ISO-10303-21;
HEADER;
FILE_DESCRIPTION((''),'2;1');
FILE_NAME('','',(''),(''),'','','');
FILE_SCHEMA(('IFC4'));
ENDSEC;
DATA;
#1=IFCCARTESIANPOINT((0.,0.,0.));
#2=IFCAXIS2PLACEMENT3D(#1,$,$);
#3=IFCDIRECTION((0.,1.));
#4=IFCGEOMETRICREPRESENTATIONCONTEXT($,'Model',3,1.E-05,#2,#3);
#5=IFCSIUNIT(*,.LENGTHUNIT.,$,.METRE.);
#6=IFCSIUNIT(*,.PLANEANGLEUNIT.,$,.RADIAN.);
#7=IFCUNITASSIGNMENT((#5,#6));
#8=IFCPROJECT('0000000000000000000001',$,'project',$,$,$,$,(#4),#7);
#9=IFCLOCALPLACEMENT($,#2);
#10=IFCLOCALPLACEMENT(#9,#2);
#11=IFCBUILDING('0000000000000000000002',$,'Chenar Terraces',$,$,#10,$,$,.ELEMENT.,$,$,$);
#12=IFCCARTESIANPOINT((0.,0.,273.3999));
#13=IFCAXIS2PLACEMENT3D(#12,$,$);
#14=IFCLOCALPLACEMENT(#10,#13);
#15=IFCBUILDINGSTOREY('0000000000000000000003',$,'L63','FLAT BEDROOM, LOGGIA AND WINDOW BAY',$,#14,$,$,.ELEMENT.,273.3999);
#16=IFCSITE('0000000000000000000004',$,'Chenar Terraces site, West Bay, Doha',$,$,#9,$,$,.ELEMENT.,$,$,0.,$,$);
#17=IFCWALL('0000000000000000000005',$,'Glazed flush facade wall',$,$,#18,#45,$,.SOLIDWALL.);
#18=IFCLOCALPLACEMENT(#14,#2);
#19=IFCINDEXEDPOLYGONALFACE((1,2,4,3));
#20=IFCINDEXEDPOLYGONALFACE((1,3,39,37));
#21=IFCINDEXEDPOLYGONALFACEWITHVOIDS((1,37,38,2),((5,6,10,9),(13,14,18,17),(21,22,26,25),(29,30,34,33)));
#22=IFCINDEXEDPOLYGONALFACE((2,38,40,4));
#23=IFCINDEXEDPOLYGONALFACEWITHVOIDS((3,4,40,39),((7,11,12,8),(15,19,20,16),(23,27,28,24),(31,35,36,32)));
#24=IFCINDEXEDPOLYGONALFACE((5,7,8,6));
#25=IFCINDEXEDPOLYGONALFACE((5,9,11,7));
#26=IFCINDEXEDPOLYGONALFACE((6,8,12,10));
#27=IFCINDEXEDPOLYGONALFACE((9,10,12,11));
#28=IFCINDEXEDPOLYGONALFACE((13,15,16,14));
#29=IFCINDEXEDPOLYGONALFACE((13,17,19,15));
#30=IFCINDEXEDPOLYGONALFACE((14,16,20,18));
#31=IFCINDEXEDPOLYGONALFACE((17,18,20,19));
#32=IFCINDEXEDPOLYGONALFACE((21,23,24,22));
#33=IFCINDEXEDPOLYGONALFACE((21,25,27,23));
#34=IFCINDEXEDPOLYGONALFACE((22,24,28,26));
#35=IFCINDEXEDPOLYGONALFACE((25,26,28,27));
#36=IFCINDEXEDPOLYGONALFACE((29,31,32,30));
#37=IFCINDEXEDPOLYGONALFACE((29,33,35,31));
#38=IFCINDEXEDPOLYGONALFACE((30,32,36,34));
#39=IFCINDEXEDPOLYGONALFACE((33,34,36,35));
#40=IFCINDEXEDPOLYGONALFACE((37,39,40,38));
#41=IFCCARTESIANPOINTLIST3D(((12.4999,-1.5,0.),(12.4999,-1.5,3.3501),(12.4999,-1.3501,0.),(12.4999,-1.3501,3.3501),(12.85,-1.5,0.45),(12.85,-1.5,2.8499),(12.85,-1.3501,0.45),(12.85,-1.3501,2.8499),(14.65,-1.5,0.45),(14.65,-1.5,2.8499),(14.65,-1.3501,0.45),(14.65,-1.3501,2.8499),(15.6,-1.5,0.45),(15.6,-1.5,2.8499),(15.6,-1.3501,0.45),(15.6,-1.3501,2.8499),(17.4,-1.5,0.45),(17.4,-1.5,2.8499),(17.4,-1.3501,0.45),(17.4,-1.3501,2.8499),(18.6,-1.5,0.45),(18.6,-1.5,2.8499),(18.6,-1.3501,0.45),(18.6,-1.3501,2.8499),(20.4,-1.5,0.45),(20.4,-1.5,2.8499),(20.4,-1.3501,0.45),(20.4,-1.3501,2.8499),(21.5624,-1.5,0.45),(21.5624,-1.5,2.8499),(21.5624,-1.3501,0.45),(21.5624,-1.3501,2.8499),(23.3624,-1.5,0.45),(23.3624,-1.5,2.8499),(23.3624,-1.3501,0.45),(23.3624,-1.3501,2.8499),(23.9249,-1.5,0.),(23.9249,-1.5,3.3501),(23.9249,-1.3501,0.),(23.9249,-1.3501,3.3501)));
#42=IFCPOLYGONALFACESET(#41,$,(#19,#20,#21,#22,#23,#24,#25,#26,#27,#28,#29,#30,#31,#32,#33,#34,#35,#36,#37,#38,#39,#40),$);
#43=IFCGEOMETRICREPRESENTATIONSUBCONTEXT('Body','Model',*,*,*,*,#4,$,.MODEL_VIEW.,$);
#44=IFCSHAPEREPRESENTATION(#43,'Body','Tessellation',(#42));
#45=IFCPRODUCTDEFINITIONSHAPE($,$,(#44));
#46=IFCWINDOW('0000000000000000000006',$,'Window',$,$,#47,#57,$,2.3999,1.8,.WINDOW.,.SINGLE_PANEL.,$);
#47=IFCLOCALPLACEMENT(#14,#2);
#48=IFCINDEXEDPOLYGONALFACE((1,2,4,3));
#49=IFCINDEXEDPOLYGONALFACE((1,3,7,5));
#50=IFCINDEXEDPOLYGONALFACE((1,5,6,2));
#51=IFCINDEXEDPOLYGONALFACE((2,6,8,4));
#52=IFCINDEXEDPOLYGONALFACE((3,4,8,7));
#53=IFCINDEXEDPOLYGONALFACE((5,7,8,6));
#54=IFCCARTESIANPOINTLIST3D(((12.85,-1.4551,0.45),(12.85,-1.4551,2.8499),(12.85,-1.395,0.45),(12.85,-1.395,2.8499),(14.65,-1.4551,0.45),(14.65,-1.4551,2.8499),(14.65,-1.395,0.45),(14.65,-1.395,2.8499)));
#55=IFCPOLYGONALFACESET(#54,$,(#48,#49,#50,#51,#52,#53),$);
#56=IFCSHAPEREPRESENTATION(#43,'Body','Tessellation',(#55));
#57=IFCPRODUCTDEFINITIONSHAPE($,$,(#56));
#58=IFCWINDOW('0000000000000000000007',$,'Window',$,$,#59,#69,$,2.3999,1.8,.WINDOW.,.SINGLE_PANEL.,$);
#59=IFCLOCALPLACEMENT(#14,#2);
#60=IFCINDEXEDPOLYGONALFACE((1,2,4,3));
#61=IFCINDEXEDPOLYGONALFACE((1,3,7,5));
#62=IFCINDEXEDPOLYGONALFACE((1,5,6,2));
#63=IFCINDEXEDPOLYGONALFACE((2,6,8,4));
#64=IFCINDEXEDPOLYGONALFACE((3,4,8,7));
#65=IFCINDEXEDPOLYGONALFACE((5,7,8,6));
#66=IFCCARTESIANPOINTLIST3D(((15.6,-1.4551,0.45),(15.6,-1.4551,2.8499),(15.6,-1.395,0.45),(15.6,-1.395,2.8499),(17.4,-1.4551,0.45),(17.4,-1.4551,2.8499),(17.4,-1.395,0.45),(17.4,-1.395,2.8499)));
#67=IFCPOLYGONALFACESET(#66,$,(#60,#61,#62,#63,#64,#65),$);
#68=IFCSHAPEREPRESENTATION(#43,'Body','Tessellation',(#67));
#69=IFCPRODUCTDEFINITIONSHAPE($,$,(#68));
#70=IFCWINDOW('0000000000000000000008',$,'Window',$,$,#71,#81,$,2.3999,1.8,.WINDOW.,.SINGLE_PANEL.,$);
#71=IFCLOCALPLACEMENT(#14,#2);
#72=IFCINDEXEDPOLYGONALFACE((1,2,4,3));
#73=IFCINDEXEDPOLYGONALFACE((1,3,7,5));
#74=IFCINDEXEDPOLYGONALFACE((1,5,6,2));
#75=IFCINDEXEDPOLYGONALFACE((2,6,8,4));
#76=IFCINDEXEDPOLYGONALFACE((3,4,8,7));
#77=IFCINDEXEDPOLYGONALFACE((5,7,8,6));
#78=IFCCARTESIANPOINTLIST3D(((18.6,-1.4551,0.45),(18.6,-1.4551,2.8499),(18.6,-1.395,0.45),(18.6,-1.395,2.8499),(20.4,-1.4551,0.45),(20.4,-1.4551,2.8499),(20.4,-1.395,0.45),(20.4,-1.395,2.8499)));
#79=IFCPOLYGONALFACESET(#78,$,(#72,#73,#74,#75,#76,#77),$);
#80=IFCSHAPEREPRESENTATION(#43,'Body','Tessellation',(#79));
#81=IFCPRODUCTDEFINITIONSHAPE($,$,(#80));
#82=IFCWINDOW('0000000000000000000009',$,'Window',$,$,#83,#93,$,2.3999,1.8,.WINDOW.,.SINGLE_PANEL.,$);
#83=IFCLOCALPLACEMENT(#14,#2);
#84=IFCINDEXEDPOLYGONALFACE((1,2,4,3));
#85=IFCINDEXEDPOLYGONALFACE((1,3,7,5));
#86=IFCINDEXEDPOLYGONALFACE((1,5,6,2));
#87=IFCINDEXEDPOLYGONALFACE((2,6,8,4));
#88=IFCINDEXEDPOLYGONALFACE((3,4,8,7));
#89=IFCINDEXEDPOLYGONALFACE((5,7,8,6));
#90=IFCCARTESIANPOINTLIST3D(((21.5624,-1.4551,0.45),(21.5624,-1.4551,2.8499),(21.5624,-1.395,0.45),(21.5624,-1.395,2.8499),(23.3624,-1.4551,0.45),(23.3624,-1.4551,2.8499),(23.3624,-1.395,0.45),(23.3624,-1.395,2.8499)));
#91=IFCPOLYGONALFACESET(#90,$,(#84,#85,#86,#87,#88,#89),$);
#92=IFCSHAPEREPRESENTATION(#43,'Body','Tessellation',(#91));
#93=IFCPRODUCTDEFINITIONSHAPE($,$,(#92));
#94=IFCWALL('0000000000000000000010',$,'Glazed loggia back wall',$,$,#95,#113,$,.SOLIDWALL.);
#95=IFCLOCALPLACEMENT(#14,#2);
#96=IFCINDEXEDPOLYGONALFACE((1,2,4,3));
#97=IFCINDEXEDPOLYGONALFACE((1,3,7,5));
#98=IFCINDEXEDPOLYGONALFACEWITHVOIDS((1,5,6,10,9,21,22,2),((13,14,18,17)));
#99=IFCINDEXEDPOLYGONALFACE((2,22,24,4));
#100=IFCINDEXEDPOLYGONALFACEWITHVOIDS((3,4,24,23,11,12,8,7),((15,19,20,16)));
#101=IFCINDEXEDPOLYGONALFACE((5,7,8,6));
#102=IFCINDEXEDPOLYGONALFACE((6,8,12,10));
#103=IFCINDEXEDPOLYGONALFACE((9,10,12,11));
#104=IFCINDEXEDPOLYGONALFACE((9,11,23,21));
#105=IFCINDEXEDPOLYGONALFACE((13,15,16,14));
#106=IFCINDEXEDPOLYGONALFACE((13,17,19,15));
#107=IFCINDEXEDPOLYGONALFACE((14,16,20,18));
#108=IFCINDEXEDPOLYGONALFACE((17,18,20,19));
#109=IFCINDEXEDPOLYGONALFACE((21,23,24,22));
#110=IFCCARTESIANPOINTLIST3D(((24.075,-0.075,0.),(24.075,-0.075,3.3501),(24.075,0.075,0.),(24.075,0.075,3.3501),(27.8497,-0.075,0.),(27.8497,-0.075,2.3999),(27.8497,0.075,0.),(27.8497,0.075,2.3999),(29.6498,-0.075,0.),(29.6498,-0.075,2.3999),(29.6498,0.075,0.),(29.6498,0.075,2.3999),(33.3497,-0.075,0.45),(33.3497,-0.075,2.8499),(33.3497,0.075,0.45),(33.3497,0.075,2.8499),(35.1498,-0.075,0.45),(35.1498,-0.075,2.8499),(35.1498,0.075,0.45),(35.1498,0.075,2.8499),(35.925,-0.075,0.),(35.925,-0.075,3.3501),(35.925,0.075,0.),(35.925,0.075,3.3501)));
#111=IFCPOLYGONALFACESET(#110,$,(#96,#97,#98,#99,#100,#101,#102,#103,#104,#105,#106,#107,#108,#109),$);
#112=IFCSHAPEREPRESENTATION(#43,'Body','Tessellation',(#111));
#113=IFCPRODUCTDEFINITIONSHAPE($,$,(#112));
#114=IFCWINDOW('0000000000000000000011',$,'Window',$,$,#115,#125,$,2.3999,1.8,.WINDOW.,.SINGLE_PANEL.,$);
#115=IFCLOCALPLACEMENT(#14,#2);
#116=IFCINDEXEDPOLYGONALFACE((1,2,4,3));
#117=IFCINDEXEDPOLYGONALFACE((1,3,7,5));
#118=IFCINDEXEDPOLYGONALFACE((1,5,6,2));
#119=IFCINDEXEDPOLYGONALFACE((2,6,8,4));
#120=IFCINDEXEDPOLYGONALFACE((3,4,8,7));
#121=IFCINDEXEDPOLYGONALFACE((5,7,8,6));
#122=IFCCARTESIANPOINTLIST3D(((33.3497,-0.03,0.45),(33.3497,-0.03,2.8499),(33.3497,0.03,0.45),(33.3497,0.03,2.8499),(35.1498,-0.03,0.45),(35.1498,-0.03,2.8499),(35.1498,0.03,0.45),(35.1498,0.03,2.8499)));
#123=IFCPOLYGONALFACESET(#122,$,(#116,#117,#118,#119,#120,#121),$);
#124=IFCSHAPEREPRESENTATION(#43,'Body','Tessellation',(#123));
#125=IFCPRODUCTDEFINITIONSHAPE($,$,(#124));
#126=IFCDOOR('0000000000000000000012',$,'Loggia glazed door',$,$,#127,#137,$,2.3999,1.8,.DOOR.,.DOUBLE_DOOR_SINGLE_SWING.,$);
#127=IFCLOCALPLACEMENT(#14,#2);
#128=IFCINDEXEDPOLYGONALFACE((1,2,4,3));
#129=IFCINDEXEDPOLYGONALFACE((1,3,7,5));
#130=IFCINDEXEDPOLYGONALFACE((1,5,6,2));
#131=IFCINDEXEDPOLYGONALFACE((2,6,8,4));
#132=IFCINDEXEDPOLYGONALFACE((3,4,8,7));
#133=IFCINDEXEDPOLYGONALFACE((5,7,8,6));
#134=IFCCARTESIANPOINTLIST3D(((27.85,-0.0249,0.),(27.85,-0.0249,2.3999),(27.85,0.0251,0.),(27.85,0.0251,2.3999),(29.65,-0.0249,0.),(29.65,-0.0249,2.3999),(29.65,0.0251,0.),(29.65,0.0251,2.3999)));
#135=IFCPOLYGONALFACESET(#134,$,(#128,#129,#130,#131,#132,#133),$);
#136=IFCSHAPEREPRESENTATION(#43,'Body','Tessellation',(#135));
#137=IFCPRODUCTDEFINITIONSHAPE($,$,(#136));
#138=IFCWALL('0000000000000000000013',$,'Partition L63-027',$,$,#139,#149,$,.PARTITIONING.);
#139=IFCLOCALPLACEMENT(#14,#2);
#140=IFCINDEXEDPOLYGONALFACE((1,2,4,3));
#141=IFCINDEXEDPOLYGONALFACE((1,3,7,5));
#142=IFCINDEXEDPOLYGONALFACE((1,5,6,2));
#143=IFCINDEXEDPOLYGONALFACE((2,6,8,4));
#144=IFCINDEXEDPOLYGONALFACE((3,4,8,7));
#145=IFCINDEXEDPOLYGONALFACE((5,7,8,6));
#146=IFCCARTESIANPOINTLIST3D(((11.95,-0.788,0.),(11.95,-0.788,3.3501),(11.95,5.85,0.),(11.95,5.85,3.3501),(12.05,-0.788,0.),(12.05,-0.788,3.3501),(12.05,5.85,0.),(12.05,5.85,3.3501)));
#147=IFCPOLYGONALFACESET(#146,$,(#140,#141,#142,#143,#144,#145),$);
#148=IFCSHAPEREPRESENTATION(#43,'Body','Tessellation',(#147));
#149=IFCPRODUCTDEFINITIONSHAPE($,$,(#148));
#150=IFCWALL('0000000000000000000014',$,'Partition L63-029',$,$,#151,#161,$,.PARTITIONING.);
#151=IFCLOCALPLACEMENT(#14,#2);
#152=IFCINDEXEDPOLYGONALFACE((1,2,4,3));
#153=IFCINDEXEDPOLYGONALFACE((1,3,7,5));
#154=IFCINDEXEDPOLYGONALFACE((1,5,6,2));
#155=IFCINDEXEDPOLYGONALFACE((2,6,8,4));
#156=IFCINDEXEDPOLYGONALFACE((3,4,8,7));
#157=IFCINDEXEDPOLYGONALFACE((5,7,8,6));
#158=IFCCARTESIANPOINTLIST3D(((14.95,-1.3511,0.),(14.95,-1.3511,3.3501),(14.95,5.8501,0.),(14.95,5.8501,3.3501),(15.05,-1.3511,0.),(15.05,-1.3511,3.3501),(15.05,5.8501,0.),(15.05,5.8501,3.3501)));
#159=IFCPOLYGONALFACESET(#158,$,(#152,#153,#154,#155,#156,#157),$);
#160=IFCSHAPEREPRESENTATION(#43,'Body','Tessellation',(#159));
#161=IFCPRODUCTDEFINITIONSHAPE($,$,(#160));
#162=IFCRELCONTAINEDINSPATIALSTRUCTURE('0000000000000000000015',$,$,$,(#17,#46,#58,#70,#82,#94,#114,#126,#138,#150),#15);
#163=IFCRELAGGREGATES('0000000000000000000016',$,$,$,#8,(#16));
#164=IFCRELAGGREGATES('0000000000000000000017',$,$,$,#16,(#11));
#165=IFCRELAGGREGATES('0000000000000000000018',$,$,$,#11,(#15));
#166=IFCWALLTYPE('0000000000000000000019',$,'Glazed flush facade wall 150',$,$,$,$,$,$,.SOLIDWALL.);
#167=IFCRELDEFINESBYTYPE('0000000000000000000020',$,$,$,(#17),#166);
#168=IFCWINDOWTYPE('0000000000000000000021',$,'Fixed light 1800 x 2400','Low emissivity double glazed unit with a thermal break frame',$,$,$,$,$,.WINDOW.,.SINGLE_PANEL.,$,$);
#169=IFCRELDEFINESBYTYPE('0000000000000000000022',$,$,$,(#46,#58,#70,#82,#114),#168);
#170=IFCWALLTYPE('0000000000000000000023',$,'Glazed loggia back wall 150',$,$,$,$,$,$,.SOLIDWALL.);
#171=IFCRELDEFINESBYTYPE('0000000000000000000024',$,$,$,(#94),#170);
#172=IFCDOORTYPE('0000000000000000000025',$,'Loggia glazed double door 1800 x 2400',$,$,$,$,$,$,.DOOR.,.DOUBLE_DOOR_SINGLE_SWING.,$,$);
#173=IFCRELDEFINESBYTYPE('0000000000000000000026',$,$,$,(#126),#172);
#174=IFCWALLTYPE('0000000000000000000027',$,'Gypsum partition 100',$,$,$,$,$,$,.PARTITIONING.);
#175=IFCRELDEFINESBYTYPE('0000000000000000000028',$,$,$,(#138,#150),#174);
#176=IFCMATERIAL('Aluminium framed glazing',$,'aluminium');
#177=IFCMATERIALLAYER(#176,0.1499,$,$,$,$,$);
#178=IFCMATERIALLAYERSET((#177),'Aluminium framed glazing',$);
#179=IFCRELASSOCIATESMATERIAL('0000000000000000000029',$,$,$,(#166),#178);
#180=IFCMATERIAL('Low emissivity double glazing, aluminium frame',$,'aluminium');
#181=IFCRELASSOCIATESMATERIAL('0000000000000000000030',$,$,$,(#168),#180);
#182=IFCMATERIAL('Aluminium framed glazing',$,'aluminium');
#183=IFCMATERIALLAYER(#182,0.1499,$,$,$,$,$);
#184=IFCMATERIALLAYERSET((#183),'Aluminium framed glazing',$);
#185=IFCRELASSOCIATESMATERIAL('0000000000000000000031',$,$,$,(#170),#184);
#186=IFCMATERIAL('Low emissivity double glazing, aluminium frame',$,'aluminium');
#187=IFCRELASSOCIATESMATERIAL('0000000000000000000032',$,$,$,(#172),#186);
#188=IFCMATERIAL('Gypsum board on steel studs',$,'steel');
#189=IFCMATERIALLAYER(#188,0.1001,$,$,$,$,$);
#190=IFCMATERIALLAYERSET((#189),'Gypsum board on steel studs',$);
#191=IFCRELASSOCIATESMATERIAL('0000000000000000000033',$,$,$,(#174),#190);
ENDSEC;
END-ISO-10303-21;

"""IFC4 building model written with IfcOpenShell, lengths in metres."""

from ifc_helpers import new_model, si_unit, direction, frame, frame_2d, origin, place, context, subcontext, project, spatial, rectangle, extrude, material, layer, layer_set, type_object, element, fill, save


model = new_model("IFC4")

# Units and contexts
model_context = context("Model", 3, precision=1e-05, world=origin(), true_north=direction((0.0, 1.0)))
body_context = subcontext(model_context, "Body", "Model", "MODEL_VIEW")
ifc_project = project(units=[si_unit("LENGTHUNIT", "METRE"), si_unit("PLANEANGLEUNIT", "RADIAN")], contexts=[model_context])

# Site, building, storey
site_placement = place(None, origin())
site = spatial("IfcSite", under=ifc_project, at=site_placement, Name="Chenar Terraces site, West Bay, Doha", CompositionType="ELEMENT", RefElevation=0.0)
building_placement = place(site_placement, origin())
building = spatial("IfcBuilding", under=site, at=building_placement, Name="Chenar Terraces", CompositionType="ELEMENT")
storey_placement = place(building_placement, frame((0.0, 0.0, 273.3999)))
storey = spatial("IfcBuildingStorey", under=building, at=storey_placement, Name="L63", Description="FLAT BEDROOM, LOGGIA AND WINDOW BAY", CompositionType="ELEMENT", Elevation=273.3999)

# Wall, openings, windows
ifc_material_1 = material(Name="Aluminium framed glazing", Category="aluminium")
ifc_layer_1 = layer(ifc_material_1, 0.1499)
ifc_layer_set_1 = layer_set([ifc_layer_1], Name="Aluminium framed glazing")
wall_type_1 = type_object("IfcWallType", Name="Glazed flush facade wall 150", PredefinedType="SOLIDWALL", material=ifc_layer_set_1)
wall_1_placement = place(storey_placement, frame((12.5, -1.425, 0.0), z_axis=(0.0, 0.0, 1.0), x_axis=(1.0, 0.0, 0.0)))
wall_1 = element("IfcWall", 1, at=wall_1_placement, inside=storey, type_object=wall_type_1, Name="Glazed flush facade wall", PredefinedType="SOLIDWALL", context=body_context, shape_type="SweptSolid", body=[
    extrude(rectangle(XDim=11.425, YDim=0.1499, at=frame_2d((5.7124, 0.0))), origin(), (0.0, 0.0, 1.0), 3.3501),
])
opening_1_placement = place(wall_1_placement, frame((0.3501, 0.0, 0.45)))
opening_1 = element("IfcOpeningElement", 2, at=opening_1_placement, cuts=wall_1, PredefinedType="OPENING", context=body_context, shape_type="SweptSolid", body=[
    extrude(rectangle(XDim=1.8, YDim=2.3999, at=frame_2d((0.8999, 1.2))), frame((0.0, 0.085, 0.0), z_axis=(0.0, -1.0, 0.0), x_axis=(1.0, 0.0, 0.0)), (0.0, 0.0, 1.0), 0.1699),
])
opening_2_placement = place(wall_1_placement, frame((3.1001, 0.0, 0.45)))
opening_2 = element("IfcOpeningElement", 3, at=opening_2_placement, cuts=wall_1, PredefinedType="OPENING", context=body_context, shape_type="SweptSolid", body=[
    extrude(rectangle(XDim=1.8, YDim=2.3999, at=frame_2d((0.8999, 1.2))), frame((0.0, 0.085, 0.0), z_axis=(0.0, -1.0, 0.0), x_axis=(1.0, 0.0, 0.0)), (0.0, 0.0, 1.0), 0.1699),
])
opening_3_placement = place(wall_1_placement, frame((6.1001, 0.0, 0.45)))
opening_3 = element("IfcOpeningElement", 4, at=opening_3_placement, cuts=wall_1, PredefinedType="OPENING", context=body_context, shape_type="SweptSolid", body=[
    extrude(rectangle(XDim=1.8, YDim=2.3999, at=frame_2d((0.8999, 1.2))), frame((0.0, 0.085, 0.0), z_axis=(0.0, -1.0, 0.0), x_axis=(1.0, 0.0, 0.0)), (0.0, 0.0, 1.0), 0.1699),
])
opening_4_placement = place(wall_1_placement, frame((9.0625, 0.0, 0.45)))
opening_4 = element("IfcOpeningElement", 5, at=opening_4_placement, cuts=wall_1, PredefinedType="OPENING", context=body_context, shape_type="SweptSolid", body=[
    extrude(rectangle(XDim=1.8, YDim=2.3999, at=frame_2d((0.8999, 1.2))), frame((0.0, 0.085, 0.0), z_axis=(0.0, -1.0, 0.0), x_axis=(1.0, 0.0, 0.0)), (0.0, 0.0, 1.0), 0.1699),
])
ifc_material_2 = material(Name="Low emissivity double glazing, aluminium frame", Category="aluminium")
window_type = type_object("IfcWindowType", Name="Fixed light 1800 x 2400", Description="Low emissivity double glazed unit with a thermal break frame", PartitioningType="SINGLE_PANEL", PredefinedType="WINDOW", material=ifc_material_2)
window_1_placement = place(opening_1_placement, origin())
window_1 = element("IfcWindow", 6, at=window_1_placement, inside=storey, type_object=window_type, Name="Window", OverallHeight=2.3999, OverallWidth=1.8, PartitioningType="SINGLE_PANEL", PredefinedType="WINDOW", context=body_context, shape_type="SweptSolid", body=[
    extrude(rectangle(XDim=1.8, YDim=2.3999, at=frame_2d((0.8999, 1.2))), frame((0.0, 0.03, 0.0), z_axis=(0.0, -1.0, 0.0), x_axis=(1.0, 0.0, 0.0)), (0.0, 0.0, 1.0), 0.0601),
])
fill(opening_1, window_1)
window_2_placement = place(opening_2_placement, origin())
window_2 = element("IfcWindow", 7, at=window_2_placement, inside=storey, type_object=window_type, Name="Window", OverallHeight=2.3999, OverallWidth=1.8, PartitioningType="SINGLE_PANEL", PredefinedType="WINDOW", context=body_context, shape_type="SweptSolid", body=[
    extrude(rectangle(XDim=1.8, YDim=2.3999, at=frame_2d((0.8999, 1.2))), frame((0.0, 0.03, 0.0), z_axis=(0.0, -1.0, 0.0), x_axis=(1.0, 0.0, 0.0)), (0.0, 0.0, 1.0), 0.0601),
])
fill(opening_2, window_2)
window_3_placement = place(opening_3_placement, origin())
window_3 = element("IfcWindow", 8, at=window_3_placement, inside=storey, type_object=window_type, Name="Window", OverallHeight=2.3999, OverallWidth=1.8, PartitioningType="SINGLE_PANEL", PredefinedType="WINDOW", context=body_context, shape_type="SweptSolid", body=[
    extrude(rectangle(XDim=1.8, YDim=2.3999, at=frame_2d((0.8999, 1.2))), frame((0.0, 0.03, 0.0), z_axis=(0.0, -1.0, 0.0), x_axis=(1.0, 0.0, 0.0)), (0.0, 0.0, 1.0), 0.0601),
])
fill(opening_3, window_3)
window_4_placement = place(opening_4_placement, origin())
window_4 = element("IfcWindow", 9, at=window_4_placement, inside=storey, type_object=window_type, Name="Window", OverallHeight=2.3999, OverallWidth=1.8, PartitioningType="SINGLE_PANEL", PredefinedType="WINDOW", context=body_context, shape_type="SweptSolid", body=[
    extrude(rectangle(XDim=1.8, YDim=2.3999, at=frame_2d((0.8999, 1.2))), frame((0.0, 0.03, 0.0), z_axis=(0.0, -1.0, 0.0), x_axis=(1.0, 0.0, 0.0)), (0.0, 0.0, 1.0), 0.0601),
])
fill(opening_4, window_4)

# Wall, openings, window, door
ifc_material_3 = material(Name="Aluminium framed glazing", Category="aluminium")
ifc_layer_2 = layer(ifc_material_3, 0.1499)
ifc_layer_set_2 = layer_set([ifc_layer_2], Name="Aluminium framed glazing")
wall_type_2 = type_object("IfcWallType", Name="Glazed loggia back wall 150", PredefinedType="SOLIDWALL", material=ifc_layer_set_2)
wall_2_placement = place(storey_placement, frame((24.075, 0.0, 0.0), z_axis=(0.0, 0.0, 1.0), x_axis=(1.0, 0.0, 0.0)))
wall_2 = element("IfcWall", 10, at=wall_2_placement, inside=storey, type_object=wall_type_2, Name="Glazed loggia back wall", PredefinedType="SOLIDWALL", context=body_context, shape_type="SweptSolid", body=[
    extrude(rectangle(XDim=11.8501, YDim=0.1499, at=frame_2d((5.925, 0.0))), origin(), (0.0, 0.0, 1.0), 3.3501),
])
opening_5_placement = place(wall_2_placement, frame((3.7749, 0.0, 0.0)))
opening_5 = element("IfcOpeningElement", 11, at=opening_5_placement, cuts=wall_2, PredefinedType="OPENING", context=body_context, shape_type="SweptSolid", body=[
    extrude(rectangle(XDim=1.8, YDim=2.3999, at=frame_2d((0.8999, 1.2))), frame((0.0, 0.085, 0.0), z_axis=(0.0, -1.0, 0.0), x_axis=(1.0, 0.0, 0.0)), (0.0, 0.0, 1.0), 0.1699),
])
opening_6_placement = place(wall_2_placement, frame((9.2749, 0.0, 0.45)))
opening_6 = element("IfcOpeningElement", 12, at=opening_6_placement, cuts=wall_2, PredefinedType="OPENING", context=body_context, shape_type="SweptSolid", body=[
    extrude(rectangle(XDim=1.8, YDim=2.3999, at=frame_2d((0.8999, 1.2))), frame((0.0, 0.085, 0.0), z_axis=(0.0, -1.0, 0.0), x_axis=(1.0, 0.0, 0.0)), (0.0, 0.0, 1.0), 0.1699),
])
window_5_placement = place(opening_6_placement, origin())
window_5 = element("IfcWindow", 13, at=window_5_placement, inside=storey, type_object=window_type, Name="Window", OverallHeight=2.3999, OverallWidth=1.8, PartitioningType="SINGLE_PANEL", PredefinedType="WINDOW", context=body_context, shape_type="SweptSolid", body=[
    extrude(rectangle(XDim=1.8, YDim=2.3999, at=frame_2d((0.8999, 1.2))), frame((0.0, 0.03, 0.0), z_axis=(0.0, -1.0, 0.0), x_axis=(1.0, 0.0, 0.0)), (0.0, 0.0, 1.0), 0.0601),
])
fill(opening_6, window_5)
ifc_material_4 = material(Name="Low emissivity double glazing, aluminium frame", Category="aluminium")
door_type_1 = type_object("IfcDoorType", Name="Loggia glazed double door 1800 x 2400", OperationType="DOUBLE_DOOR_SINGLE_SWING", PredefinedType="DOOR", material=ifc_material_4)
door_1_placement = place(opening_5_placement, frame((1.8, 0.0, 0.0), z_axis=(0.0, 0.0, 1.0), x_axis=(-1.0, 0.0, 0.0)))
door_1 = element("IfcDoor", 14, at=door_1_placement, inside=storey, type_object=door_type_1, Name="Loggia glazed door", OperationType="DOUBLE_DOOR_SINGLE_SWING", OverallHeight=2.3999, OverallWidth=1.8, PredefinedType="DOOR", context=body_context, shape_type="SweptSolid", body=[
    extrude(rectangle(XDim=1.8, YDim=2.3999, at=frame_2d((0.8999, 1.2))), frame((0.0, 0.0249, 0.0), z_axis=(0.0, -1.0, 0.0), x_axis=(1.0, 0.0, 0.0)), (0.0, 0.0, 1.0), 0.05),
])
fill(opening_5, door_1)

# Walls
ifc_material_5 = material(Name="Gypsum board on steel studs", Category="steel")
ifc_layer_3 = layer(ifc_material_5, 0.1001)
ifc_layer_set_3 = layer_set([ifc_layer_3], Name="Gypsum board on steel studs")
wall_type_3 = type_object("IfcWallType", Name="Gypsum partition 100", PredefinedType="PARTITIONING", material=ifc_layer_set_3)
wall_3_placement = place(storey_placement, frame((12.0, -0.7878, 0.0), z_axis=(0.0, 0.0, 1.0), x_axis=(0.0, 1.0, 0.0)))
element("IfcWall", 15, at=wall_3_placement, inside=storey, type_object=wall_type_3, Name="Partition L63-027", PredefinedType="PARTITIONING", context=body_context, shape_type="SweptSolid", body=[
    extrude(rectangle(XDim=6.6379, YDim=0.1001, at=frame_2d((3.3188, 0.0))), origin(), (0.0, 0.0, 1.0), 3.3501),
])
for number, where, z_axis, x_axis, name in (
    (16, (15.0, -1.3511, 0.0), (0.0, 0.0, 1.0), (0.0, 1.0, 0.0), "Partition L63-029"),
):
    element("IfcWall", number, at=place(storey_placement, frame(where, z_axis=z_axis, x_axis=x_axis)), inside=storey, type_object=wall_type_3, Name=name, PredefinedType="PARTITIONING", context=body_context, shape_type="SweptSolid", body=[
        extrude(rectangle(XDim=7.2012, YDim=0.1001, at=frame_2d((3.6006, 0.0))), origin(), (0.0, 0.0, 1.0), 3.3501),
    ])

save(model, "model.ifc")
